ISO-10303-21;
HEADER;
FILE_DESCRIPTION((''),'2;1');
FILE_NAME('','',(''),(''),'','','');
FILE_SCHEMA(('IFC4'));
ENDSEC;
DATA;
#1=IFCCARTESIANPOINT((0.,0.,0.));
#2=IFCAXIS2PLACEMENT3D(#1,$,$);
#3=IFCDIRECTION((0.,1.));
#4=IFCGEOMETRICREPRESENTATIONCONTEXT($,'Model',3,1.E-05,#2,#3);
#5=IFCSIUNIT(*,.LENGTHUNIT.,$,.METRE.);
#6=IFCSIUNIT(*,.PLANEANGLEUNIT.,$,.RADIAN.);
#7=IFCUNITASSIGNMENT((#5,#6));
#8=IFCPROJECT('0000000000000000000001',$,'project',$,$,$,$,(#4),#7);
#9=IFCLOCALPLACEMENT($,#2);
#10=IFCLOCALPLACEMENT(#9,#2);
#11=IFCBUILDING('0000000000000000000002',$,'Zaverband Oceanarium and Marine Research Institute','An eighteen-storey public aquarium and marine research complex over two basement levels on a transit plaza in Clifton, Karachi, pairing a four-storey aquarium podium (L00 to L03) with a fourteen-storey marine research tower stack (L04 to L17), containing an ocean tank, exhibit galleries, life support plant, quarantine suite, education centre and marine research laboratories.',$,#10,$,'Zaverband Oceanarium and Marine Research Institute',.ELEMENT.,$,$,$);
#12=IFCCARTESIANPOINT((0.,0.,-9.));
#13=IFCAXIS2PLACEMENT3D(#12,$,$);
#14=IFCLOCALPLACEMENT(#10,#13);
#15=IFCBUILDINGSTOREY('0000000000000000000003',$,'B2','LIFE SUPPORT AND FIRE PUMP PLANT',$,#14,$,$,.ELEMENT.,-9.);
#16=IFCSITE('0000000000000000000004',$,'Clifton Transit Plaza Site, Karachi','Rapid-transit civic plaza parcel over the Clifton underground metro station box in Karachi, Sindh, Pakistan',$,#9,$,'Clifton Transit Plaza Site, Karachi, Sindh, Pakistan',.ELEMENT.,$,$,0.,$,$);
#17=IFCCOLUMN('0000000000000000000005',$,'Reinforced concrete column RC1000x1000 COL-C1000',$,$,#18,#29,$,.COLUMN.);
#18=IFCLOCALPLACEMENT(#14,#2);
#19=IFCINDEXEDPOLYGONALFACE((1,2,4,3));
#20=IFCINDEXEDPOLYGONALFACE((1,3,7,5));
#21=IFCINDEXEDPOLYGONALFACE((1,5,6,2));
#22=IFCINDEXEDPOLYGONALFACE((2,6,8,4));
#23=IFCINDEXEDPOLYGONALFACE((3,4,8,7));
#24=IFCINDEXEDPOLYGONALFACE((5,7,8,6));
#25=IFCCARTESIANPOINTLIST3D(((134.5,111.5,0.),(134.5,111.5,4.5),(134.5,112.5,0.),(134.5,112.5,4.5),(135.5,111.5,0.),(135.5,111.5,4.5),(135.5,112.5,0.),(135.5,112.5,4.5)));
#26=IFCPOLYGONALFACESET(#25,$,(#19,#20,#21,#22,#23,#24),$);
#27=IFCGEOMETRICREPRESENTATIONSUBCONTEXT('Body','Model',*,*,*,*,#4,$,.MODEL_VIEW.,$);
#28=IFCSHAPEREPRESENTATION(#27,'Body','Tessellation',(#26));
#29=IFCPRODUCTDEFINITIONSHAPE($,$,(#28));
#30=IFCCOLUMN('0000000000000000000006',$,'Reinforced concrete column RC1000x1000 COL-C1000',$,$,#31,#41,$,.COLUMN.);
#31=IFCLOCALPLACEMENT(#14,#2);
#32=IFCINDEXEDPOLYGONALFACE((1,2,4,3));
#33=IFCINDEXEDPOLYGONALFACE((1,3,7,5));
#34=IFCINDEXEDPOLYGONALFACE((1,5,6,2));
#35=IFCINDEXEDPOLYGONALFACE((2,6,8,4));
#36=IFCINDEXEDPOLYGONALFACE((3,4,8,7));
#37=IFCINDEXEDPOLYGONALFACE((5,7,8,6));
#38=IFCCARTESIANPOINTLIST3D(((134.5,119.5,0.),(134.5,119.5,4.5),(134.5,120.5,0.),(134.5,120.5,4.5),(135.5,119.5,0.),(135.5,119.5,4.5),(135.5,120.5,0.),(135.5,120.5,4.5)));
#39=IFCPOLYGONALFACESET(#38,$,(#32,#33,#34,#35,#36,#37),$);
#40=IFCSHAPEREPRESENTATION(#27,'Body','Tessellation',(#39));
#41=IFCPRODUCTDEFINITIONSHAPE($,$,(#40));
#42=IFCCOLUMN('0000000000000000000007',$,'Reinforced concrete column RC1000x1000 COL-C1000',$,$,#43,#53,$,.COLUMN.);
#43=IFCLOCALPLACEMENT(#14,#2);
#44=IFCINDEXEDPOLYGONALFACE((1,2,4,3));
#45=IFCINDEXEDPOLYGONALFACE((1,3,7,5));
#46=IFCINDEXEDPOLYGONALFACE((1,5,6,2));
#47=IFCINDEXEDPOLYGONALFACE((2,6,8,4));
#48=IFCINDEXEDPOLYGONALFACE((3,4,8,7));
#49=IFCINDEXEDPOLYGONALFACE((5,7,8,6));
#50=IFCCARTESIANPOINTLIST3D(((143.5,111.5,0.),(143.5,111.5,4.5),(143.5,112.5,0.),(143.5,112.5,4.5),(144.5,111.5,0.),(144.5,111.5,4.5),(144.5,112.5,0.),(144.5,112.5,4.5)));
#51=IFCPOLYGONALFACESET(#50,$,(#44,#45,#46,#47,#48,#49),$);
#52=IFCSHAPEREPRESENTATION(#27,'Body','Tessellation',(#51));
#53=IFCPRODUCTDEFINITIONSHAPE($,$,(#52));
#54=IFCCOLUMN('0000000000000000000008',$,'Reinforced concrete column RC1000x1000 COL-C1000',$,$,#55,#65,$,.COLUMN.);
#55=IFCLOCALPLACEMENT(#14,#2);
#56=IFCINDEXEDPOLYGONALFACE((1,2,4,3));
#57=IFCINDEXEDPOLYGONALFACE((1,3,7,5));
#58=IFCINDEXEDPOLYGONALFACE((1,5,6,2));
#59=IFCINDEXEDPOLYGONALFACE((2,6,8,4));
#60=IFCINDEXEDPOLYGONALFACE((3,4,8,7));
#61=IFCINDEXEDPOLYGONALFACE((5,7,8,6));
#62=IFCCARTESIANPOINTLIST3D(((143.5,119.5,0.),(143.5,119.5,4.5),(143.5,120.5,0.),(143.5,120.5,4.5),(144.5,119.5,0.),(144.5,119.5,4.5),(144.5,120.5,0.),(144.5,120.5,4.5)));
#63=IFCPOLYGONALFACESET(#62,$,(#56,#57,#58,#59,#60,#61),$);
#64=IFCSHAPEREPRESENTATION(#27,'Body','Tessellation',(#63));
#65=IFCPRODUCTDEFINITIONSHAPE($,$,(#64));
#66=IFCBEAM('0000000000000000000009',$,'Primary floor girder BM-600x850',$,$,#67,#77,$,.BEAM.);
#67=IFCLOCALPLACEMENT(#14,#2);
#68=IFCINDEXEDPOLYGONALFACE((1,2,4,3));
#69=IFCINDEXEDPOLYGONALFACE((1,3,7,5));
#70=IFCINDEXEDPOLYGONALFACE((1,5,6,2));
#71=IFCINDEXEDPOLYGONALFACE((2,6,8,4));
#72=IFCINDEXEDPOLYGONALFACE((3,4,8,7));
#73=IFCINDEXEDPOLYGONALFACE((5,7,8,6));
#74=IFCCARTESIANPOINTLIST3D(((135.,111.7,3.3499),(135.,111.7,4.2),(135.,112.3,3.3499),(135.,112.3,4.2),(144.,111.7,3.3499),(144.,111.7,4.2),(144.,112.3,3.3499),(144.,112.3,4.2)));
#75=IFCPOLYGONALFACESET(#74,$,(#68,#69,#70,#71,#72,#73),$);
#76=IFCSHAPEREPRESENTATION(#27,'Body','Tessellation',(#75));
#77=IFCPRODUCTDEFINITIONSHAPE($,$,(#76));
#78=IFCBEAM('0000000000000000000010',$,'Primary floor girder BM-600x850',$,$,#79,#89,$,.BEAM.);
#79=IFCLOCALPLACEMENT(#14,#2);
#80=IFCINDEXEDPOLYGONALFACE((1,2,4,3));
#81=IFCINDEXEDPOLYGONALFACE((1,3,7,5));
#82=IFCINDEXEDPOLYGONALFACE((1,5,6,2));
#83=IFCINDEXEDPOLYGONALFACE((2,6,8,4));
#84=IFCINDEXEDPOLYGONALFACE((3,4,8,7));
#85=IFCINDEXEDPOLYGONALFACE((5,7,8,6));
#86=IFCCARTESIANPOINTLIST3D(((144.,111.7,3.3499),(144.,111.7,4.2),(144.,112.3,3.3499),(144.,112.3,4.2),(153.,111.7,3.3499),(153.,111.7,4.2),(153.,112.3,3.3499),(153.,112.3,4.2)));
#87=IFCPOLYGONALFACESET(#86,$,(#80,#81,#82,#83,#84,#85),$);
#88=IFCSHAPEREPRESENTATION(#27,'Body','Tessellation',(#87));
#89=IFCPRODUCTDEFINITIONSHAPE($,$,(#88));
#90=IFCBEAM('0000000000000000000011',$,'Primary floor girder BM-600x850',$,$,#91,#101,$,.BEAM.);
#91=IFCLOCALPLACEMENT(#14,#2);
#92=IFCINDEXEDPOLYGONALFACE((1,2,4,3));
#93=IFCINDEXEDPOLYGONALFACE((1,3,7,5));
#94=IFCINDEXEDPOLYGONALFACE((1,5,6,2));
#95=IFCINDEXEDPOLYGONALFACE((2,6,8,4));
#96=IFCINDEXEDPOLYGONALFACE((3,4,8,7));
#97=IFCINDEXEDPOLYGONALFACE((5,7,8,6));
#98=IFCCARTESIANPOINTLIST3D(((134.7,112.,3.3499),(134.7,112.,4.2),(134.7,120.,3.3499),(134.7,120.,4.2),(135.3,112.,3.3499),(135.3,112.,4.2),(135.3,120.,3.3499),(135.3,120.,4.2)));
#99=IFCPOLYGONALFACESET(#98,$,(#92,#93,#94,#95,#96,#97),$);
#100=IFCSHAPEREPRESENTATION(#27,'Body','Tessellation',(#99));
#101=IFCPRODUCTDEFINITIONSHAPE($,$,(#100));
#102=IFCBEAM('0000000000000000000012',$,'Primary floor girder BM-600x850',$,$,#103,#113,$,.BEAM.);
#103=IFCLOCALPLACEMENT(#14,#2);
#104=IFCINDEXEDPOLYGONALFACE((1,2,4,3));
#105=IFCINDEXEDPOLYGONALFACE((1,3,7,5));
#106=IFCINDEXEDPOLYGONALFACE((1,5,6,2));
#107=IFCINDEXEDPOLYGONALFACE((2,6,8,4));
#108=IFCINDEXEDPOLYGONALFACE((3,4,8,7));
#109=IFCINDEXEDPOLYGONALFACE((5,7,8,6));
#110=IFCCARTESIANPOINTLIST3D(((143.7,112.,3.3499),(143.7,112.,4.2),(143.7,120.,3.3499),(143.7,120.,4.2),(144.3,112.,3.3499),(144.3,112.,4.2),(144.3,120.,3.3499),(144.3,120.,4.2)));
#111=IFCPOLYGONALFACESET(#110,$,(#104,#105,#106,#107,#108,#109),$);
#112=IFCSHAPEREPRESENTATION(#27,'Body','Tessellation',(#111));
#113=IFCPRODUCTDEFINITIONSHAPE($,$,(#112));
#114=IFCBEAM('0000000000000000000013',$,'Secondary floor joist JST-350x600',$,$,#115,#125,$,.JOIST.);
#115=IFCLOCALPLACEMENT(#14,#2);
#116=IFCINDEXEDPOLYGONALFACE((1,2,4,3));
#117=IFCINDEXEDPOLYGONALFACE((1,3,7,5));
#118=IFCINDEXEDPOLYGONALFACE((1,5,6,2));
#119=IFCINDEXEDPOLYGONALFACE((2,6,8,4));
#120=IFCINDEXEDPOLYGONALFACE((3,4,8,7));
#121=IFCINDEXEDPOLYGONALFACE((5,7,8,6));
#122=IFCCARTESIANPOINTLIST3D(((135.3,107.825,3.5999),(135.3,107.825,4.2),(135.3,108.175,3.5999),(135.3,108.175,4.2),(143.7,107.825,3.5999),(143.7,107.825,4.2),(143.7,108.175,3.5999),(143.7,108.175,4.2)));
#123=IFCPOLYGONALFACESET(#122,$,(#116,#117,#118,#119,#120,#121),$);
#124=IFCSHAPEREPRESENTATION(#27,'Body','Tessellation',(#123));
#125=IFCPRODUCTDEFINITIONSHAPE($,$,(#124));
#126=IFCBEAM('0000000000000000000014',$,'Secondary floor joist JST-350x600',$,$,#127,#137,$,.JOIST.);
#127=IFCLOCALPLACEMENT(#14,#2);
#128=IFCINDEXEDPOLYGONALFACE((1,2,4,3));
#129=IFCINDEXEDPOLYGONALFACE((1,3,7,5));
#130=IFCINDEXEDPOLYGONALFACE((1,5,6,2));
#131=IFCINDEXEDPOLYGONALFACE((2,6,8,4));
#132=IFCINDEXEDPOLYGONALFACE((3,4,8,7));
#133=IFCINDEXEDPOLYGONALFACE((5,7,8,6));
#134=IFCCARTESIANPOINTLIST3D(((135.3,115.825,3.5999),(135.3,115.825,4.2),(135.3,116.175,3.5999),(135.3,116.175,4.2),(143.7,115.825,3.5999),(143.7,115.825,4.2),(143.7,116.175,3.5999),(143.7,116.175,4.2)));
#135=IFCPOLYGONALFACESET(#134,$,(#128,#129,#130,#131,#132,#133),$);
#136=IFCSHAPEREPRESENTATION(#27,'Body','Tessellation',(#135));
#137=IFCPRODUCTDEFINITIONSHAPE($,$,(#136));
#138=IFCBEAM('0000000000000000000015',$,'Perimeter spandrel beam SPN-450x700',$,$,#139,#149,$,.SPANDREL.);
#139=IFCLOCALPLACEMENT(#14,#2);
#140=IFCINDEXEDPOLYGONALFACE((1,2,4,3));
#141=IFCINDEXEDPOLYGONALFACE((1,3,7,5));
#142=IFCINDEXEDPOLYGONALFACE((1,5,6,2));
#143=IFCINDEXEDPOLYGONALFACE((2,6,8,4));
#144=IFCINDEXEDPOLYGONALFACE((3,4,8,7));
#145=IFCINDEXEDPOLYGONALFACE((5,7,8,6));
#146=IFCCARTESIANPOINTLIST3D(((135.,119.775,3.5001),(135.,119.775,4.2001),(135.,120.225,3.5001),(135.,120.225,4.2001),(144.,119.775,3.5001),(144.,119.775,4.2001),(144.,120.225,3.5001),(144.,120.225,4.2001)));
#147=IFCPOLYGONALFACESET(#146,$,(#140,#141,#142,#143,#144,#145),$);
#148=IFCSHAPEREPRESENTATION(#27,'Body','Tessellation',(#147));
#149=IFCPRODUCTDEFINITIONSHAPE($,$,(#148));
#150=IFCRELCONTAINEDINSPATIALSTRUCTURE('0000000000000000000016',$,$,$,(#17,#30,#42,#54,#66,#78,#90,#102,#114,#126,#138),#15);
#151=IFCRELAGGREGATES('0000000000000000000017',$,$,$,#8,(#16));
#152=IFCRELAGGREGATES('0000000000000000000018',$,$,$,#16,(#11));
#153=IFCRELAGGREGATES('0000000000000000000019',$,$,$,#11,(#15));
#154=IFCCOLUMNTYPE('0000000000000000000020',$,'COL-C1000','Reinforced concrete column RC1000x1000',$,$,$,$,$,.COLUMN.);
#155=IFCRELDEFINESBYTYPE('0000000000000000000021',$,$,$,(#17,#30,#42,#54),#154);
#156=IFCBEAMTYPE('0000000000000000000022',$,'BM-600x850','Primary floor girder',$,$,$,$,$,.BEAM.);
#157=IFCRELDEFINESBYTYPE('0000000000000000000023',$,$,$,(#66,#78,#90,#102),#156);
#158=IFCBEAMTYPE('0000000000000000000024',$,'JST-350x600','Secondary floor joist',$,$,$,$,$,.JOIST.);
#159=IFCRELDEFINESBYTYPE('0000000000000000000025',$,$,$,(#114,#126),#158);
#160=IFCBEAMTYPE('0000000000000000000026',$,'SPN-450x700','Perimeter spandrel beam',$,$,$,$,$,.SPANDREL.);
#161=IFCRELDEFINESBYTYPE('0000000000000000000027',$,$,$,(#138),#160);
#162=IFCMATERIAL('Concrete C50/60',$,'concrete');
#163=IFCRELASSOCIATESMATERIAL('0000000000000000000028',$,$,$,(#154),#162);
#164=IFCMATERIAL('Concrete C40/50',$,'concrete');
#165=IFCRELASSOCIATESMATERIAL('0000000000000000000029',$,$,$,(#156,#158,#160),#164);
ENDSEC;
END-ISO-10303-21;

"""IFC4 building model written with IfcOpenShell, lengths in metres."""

from ifc_helpers import new_model, si_unit, direction, frame, origin, origin_2d, place, context, subcontext, project, spatial, rectangle, extrude, material, material_profile, profile_set, type_object, element, save


model = new_model("IFC4")

# Units and contexts
model_context = context("Model", 3, precision=1e-05, world=origin(), true_north=direction((0.0, 1.0)))
body_context = subcontext(model_context, "Body", "Model", "MODEL_VIEW")
ifc_project = project(units=[si_unit("LENGTHUNIT", "METRE"), si_unit("PLANEANGLEUNIT", "RADIAN")], contexts=[model_context])

# Site, building, storey
site_placement = place(None, origin())
site = spatial("IfcSite", under=ifc_project, at=site_placement, Name="Clifton Transit Plaza Site, Karachi", Description="Rapid-transit civic plaza parcel over the Clifton underground metro station box in Karachi, Sindh, Pakistan", LongName="Clifton Transit Plaza Site, Karachi, Sindh, Pakistan", CompositionType="ELEMENT", RefElevation=0.0)
building_placement = place(site_placement, origin())
building = spatial("IfcBuilding", under=site, at=building_placement, Name="Zaverband Oceanarium and Marine Research Institute", Description="An eighteen-storey public aquarium and marine research complex over two basement levels on a transit plaza in Clifton, Karachi, pairing a four-storey aquarium podium (L00 to L03) with a fourteen-storey marine research tower stack (L04 to L17), containing an ocean tank, exhibit galleries, life support plant, quarantine suite, education centre and marine research laboratories.", LongName="Zaverband Oceanarium and Marine Research Institute", CompositionType="ELEMENT")
storey_placement = place(building_placement, frame((0.0, 0.0, -9.0)))
storey = spatial("IfcBuildingStorey", under=building, at=storey_placement, Name="B2", Description="LIFE SUPPORT AND FIRE PUMP PLANT", CompositionType="ELEMENT", Elevation=-9.0)

# Shared definitions
ifc_material_1 = material(Name="Concrete C50/60", Category="concrete")

# Columns
ifc_material_profile_1 = material_profile(ifc_material_1, rectangle(XDim=1.0, YDim=1.0, at=origin_2d()), Name="RC1000x1000")
ifc_profile_set_1 = profile_set([ifc_material_profile_1], Name="Concrete C50/60")
column_type = type_object("IfcColumnType", Name="COL-C1000", Description="Reinforced concrete column RC1000x1000", PredefinedType="COLUMN", material=ifc_profile_set_1)
for number, where, z_axis, x_axis, name in (
    (1, (135.0, 112.0, 0.0), (0.0, 0.0, 1.0), (1.0, 0.0, 0.0), "Reinforced concrete column RC1000x1000 COL-C1000"),
    (2, (135.0, 120.0, 0.0), (0.0, 0.0, 1.0), (1.0, 0.0, 0.0), "Reinforced concrete column RC1000x1000 COL-C1000"),
    (3, (144.0, 112.0, 0.0), (0.0, 0.0, 1.0), (1.0, 0.0, 0.0), "Reinforced concrete column RC1000x1000 COL-C1000"),
    (4, (144.0, 120.0, 0.0), (0.0, 0.0, 1.0), (1.0, 0.0, 0.0), "Reinforced concrete column RC1000x1000 COL-C1000"),
):
    element("IfcColumn", number, at=place(storey_placement, frame(where, z_axis=z_axis, x_axis=x_axis)), inside=storey, type_object=column_type, Name=name, PredefinedType="COLUMN", context=body_context, shape_type="SweptSolid", body=[
        extrude(rectangle(XDim=1.0, YDim=1.0, at=origin_2d()), origin(), (0.0, 0.0, 1.0), 4.5),
    ])

# Beams
ifc_material_2 = material(Name="Concrete C40/50", Category="concrete")
ifc_material_profile_2 = material_profile(ifc_material_2, rectangle(XDim=0.6001, YDim=0.8501, at=origin_2d()), Name="RC600x850")
ifc_profile_set_2 = profile_set([ifc_material_profile_2], Name="Concrete C40/50")
beam_type_1 = type_object("IfcBeamType", Name="BM-600x850", Description="Primary floor girder", PredefinedType="BEAM", material=ifc_profile_set_2)
for number, where, z_axis, x_axis, name in (
    (5, (135.0, 112.0, 3.7749), (1.0, 0.0, 0.0), (0.0, 1.0, 0.0), "Primary floor girder BM-600x850"),
    (6, (144.0, 112.0, 3.7749), (1.0, 0.0, 0.0), (0.0, 1.0, 0.0), "Primary floor girder BM-600x850"),
):
    element("IfcBeam", number, at=place(storey_placement, frame(where, z_axis=z_axis, x_axis=x_axis)), inside=storey, type_object=beam_type_1, Name=name, PredefinedType="BEAM", context=body_context, shape_type="SweptSolid", body=[
        extrude(rectangle(XDim=0.6001, YDim=0.8501, at=origin_2d()), origin(), (0.0, 0.0, 1.0), 9.0),
    ])
for number, where, z_axis, x_axis, name in (
    (7, (135.0, 112.0, 3.7749), (0.0, 1.0, 0.0), (-1.0, 0.0, 0.0), "Primary floor girder BM-600x850"),
    (8, (144.0, 112.0, 3.7749), (0.0, 1.0, 0.0), (-1.0, 0.0, 0.0), "Primary floor girder BM-600x850"),
):
    element("IfcBeam", number, at=place(storey_placement, frame(where, z_axis=z_axis, x_axis=x_axis)), inside=storey, type_object=beam_type_1, Name=name, PredefinedType="BEAM", context=body_context, shape_type="SweptSolid", body=[
        extrude(rectangle(XDim=0.6001, YDim=0.8501, at=origin_2d()), origin(), (0.0, 0.0, 1.0), 8.0),
    ])
ifc_material_profile_3 = material_profile(ifc_material_2, rectangle(XDim=0.3501, YDim=0.6001, at=origin_2d()), Name="RC350x600")
ifc_profile_set_3 = profile_set([ifc_material_profile_3], Name="Concrete C40/50")
beam_type_2 = type_object("IfcBeamType", Name="JST-350x600", Description="Secondary floor joist", PredefinedType="JOIST", material=ifc_profile_set_3)
for number, where, z_axis, x_axis, name in (
    (9, (135.3, 108.0, 3.8999), (1.0, 0.0, 0.0), (0.0, 1.0, 0.0), "Secondary floor joist JST-350x600"),
    (10, (135.3, 116.0, 3.8999), (1.0, 0.0, 0.0), (0.0, 1.0, 0.0), "Secondary floor joist JST-350x600"),
):
    element("IfcBeam", number, at=place(storey_placement, frame(where, z_axis=z_axis, x_axis=x_axis)), inside=storey, type_object=beam_type_2, Name=name, PredefinedType="JOIST", context=body_context, shape_type="SweptSolid", body=[
        extrude(rectangle(XDim=0.3501, YDim=0.6001, at=origin_2d()), origin(), (0.0, 0.0, 1.0), 8.3999),
    ])
ifc_material_profile_4 = material_profile(ifc_material_2, rectangle(XDim=0.45, YDim=0.7, at=origin_2d()), Name="RC450x700")
ifc_profile_set_4 = profile_set([ifc_material_profile_4], Name="Concrete C40/50")
beam_type_3 = type_object("IfcBeamType", Name="SPN-450x700", Description="Perimeter spandrel beam", PredefinedType="SPANDREL", material=ifc_profile_set_4)
beam_placement = place(storey_placement, frame((135.0, 120.0, 3.8501), z_axis=(1.0, 0.0, 0.0), x_axis=(0.0, 1.0, 0.0)))
element("IfcBeam", 11, at=beam_placement, inside=storey, type_object=beam_type_3, Name="Perimeter spandrel beam SPN-450x700", PredefinedType="SPANDREL", context=body_context, shape_type="SweptSolid", body=[
    extrude(rectangle(XDim=0.45, YDim=0.7, at=origin_2d()), origin(), (0.0, 0.0, 1.0), 9.0),
])

save(model, "model.ifc")
